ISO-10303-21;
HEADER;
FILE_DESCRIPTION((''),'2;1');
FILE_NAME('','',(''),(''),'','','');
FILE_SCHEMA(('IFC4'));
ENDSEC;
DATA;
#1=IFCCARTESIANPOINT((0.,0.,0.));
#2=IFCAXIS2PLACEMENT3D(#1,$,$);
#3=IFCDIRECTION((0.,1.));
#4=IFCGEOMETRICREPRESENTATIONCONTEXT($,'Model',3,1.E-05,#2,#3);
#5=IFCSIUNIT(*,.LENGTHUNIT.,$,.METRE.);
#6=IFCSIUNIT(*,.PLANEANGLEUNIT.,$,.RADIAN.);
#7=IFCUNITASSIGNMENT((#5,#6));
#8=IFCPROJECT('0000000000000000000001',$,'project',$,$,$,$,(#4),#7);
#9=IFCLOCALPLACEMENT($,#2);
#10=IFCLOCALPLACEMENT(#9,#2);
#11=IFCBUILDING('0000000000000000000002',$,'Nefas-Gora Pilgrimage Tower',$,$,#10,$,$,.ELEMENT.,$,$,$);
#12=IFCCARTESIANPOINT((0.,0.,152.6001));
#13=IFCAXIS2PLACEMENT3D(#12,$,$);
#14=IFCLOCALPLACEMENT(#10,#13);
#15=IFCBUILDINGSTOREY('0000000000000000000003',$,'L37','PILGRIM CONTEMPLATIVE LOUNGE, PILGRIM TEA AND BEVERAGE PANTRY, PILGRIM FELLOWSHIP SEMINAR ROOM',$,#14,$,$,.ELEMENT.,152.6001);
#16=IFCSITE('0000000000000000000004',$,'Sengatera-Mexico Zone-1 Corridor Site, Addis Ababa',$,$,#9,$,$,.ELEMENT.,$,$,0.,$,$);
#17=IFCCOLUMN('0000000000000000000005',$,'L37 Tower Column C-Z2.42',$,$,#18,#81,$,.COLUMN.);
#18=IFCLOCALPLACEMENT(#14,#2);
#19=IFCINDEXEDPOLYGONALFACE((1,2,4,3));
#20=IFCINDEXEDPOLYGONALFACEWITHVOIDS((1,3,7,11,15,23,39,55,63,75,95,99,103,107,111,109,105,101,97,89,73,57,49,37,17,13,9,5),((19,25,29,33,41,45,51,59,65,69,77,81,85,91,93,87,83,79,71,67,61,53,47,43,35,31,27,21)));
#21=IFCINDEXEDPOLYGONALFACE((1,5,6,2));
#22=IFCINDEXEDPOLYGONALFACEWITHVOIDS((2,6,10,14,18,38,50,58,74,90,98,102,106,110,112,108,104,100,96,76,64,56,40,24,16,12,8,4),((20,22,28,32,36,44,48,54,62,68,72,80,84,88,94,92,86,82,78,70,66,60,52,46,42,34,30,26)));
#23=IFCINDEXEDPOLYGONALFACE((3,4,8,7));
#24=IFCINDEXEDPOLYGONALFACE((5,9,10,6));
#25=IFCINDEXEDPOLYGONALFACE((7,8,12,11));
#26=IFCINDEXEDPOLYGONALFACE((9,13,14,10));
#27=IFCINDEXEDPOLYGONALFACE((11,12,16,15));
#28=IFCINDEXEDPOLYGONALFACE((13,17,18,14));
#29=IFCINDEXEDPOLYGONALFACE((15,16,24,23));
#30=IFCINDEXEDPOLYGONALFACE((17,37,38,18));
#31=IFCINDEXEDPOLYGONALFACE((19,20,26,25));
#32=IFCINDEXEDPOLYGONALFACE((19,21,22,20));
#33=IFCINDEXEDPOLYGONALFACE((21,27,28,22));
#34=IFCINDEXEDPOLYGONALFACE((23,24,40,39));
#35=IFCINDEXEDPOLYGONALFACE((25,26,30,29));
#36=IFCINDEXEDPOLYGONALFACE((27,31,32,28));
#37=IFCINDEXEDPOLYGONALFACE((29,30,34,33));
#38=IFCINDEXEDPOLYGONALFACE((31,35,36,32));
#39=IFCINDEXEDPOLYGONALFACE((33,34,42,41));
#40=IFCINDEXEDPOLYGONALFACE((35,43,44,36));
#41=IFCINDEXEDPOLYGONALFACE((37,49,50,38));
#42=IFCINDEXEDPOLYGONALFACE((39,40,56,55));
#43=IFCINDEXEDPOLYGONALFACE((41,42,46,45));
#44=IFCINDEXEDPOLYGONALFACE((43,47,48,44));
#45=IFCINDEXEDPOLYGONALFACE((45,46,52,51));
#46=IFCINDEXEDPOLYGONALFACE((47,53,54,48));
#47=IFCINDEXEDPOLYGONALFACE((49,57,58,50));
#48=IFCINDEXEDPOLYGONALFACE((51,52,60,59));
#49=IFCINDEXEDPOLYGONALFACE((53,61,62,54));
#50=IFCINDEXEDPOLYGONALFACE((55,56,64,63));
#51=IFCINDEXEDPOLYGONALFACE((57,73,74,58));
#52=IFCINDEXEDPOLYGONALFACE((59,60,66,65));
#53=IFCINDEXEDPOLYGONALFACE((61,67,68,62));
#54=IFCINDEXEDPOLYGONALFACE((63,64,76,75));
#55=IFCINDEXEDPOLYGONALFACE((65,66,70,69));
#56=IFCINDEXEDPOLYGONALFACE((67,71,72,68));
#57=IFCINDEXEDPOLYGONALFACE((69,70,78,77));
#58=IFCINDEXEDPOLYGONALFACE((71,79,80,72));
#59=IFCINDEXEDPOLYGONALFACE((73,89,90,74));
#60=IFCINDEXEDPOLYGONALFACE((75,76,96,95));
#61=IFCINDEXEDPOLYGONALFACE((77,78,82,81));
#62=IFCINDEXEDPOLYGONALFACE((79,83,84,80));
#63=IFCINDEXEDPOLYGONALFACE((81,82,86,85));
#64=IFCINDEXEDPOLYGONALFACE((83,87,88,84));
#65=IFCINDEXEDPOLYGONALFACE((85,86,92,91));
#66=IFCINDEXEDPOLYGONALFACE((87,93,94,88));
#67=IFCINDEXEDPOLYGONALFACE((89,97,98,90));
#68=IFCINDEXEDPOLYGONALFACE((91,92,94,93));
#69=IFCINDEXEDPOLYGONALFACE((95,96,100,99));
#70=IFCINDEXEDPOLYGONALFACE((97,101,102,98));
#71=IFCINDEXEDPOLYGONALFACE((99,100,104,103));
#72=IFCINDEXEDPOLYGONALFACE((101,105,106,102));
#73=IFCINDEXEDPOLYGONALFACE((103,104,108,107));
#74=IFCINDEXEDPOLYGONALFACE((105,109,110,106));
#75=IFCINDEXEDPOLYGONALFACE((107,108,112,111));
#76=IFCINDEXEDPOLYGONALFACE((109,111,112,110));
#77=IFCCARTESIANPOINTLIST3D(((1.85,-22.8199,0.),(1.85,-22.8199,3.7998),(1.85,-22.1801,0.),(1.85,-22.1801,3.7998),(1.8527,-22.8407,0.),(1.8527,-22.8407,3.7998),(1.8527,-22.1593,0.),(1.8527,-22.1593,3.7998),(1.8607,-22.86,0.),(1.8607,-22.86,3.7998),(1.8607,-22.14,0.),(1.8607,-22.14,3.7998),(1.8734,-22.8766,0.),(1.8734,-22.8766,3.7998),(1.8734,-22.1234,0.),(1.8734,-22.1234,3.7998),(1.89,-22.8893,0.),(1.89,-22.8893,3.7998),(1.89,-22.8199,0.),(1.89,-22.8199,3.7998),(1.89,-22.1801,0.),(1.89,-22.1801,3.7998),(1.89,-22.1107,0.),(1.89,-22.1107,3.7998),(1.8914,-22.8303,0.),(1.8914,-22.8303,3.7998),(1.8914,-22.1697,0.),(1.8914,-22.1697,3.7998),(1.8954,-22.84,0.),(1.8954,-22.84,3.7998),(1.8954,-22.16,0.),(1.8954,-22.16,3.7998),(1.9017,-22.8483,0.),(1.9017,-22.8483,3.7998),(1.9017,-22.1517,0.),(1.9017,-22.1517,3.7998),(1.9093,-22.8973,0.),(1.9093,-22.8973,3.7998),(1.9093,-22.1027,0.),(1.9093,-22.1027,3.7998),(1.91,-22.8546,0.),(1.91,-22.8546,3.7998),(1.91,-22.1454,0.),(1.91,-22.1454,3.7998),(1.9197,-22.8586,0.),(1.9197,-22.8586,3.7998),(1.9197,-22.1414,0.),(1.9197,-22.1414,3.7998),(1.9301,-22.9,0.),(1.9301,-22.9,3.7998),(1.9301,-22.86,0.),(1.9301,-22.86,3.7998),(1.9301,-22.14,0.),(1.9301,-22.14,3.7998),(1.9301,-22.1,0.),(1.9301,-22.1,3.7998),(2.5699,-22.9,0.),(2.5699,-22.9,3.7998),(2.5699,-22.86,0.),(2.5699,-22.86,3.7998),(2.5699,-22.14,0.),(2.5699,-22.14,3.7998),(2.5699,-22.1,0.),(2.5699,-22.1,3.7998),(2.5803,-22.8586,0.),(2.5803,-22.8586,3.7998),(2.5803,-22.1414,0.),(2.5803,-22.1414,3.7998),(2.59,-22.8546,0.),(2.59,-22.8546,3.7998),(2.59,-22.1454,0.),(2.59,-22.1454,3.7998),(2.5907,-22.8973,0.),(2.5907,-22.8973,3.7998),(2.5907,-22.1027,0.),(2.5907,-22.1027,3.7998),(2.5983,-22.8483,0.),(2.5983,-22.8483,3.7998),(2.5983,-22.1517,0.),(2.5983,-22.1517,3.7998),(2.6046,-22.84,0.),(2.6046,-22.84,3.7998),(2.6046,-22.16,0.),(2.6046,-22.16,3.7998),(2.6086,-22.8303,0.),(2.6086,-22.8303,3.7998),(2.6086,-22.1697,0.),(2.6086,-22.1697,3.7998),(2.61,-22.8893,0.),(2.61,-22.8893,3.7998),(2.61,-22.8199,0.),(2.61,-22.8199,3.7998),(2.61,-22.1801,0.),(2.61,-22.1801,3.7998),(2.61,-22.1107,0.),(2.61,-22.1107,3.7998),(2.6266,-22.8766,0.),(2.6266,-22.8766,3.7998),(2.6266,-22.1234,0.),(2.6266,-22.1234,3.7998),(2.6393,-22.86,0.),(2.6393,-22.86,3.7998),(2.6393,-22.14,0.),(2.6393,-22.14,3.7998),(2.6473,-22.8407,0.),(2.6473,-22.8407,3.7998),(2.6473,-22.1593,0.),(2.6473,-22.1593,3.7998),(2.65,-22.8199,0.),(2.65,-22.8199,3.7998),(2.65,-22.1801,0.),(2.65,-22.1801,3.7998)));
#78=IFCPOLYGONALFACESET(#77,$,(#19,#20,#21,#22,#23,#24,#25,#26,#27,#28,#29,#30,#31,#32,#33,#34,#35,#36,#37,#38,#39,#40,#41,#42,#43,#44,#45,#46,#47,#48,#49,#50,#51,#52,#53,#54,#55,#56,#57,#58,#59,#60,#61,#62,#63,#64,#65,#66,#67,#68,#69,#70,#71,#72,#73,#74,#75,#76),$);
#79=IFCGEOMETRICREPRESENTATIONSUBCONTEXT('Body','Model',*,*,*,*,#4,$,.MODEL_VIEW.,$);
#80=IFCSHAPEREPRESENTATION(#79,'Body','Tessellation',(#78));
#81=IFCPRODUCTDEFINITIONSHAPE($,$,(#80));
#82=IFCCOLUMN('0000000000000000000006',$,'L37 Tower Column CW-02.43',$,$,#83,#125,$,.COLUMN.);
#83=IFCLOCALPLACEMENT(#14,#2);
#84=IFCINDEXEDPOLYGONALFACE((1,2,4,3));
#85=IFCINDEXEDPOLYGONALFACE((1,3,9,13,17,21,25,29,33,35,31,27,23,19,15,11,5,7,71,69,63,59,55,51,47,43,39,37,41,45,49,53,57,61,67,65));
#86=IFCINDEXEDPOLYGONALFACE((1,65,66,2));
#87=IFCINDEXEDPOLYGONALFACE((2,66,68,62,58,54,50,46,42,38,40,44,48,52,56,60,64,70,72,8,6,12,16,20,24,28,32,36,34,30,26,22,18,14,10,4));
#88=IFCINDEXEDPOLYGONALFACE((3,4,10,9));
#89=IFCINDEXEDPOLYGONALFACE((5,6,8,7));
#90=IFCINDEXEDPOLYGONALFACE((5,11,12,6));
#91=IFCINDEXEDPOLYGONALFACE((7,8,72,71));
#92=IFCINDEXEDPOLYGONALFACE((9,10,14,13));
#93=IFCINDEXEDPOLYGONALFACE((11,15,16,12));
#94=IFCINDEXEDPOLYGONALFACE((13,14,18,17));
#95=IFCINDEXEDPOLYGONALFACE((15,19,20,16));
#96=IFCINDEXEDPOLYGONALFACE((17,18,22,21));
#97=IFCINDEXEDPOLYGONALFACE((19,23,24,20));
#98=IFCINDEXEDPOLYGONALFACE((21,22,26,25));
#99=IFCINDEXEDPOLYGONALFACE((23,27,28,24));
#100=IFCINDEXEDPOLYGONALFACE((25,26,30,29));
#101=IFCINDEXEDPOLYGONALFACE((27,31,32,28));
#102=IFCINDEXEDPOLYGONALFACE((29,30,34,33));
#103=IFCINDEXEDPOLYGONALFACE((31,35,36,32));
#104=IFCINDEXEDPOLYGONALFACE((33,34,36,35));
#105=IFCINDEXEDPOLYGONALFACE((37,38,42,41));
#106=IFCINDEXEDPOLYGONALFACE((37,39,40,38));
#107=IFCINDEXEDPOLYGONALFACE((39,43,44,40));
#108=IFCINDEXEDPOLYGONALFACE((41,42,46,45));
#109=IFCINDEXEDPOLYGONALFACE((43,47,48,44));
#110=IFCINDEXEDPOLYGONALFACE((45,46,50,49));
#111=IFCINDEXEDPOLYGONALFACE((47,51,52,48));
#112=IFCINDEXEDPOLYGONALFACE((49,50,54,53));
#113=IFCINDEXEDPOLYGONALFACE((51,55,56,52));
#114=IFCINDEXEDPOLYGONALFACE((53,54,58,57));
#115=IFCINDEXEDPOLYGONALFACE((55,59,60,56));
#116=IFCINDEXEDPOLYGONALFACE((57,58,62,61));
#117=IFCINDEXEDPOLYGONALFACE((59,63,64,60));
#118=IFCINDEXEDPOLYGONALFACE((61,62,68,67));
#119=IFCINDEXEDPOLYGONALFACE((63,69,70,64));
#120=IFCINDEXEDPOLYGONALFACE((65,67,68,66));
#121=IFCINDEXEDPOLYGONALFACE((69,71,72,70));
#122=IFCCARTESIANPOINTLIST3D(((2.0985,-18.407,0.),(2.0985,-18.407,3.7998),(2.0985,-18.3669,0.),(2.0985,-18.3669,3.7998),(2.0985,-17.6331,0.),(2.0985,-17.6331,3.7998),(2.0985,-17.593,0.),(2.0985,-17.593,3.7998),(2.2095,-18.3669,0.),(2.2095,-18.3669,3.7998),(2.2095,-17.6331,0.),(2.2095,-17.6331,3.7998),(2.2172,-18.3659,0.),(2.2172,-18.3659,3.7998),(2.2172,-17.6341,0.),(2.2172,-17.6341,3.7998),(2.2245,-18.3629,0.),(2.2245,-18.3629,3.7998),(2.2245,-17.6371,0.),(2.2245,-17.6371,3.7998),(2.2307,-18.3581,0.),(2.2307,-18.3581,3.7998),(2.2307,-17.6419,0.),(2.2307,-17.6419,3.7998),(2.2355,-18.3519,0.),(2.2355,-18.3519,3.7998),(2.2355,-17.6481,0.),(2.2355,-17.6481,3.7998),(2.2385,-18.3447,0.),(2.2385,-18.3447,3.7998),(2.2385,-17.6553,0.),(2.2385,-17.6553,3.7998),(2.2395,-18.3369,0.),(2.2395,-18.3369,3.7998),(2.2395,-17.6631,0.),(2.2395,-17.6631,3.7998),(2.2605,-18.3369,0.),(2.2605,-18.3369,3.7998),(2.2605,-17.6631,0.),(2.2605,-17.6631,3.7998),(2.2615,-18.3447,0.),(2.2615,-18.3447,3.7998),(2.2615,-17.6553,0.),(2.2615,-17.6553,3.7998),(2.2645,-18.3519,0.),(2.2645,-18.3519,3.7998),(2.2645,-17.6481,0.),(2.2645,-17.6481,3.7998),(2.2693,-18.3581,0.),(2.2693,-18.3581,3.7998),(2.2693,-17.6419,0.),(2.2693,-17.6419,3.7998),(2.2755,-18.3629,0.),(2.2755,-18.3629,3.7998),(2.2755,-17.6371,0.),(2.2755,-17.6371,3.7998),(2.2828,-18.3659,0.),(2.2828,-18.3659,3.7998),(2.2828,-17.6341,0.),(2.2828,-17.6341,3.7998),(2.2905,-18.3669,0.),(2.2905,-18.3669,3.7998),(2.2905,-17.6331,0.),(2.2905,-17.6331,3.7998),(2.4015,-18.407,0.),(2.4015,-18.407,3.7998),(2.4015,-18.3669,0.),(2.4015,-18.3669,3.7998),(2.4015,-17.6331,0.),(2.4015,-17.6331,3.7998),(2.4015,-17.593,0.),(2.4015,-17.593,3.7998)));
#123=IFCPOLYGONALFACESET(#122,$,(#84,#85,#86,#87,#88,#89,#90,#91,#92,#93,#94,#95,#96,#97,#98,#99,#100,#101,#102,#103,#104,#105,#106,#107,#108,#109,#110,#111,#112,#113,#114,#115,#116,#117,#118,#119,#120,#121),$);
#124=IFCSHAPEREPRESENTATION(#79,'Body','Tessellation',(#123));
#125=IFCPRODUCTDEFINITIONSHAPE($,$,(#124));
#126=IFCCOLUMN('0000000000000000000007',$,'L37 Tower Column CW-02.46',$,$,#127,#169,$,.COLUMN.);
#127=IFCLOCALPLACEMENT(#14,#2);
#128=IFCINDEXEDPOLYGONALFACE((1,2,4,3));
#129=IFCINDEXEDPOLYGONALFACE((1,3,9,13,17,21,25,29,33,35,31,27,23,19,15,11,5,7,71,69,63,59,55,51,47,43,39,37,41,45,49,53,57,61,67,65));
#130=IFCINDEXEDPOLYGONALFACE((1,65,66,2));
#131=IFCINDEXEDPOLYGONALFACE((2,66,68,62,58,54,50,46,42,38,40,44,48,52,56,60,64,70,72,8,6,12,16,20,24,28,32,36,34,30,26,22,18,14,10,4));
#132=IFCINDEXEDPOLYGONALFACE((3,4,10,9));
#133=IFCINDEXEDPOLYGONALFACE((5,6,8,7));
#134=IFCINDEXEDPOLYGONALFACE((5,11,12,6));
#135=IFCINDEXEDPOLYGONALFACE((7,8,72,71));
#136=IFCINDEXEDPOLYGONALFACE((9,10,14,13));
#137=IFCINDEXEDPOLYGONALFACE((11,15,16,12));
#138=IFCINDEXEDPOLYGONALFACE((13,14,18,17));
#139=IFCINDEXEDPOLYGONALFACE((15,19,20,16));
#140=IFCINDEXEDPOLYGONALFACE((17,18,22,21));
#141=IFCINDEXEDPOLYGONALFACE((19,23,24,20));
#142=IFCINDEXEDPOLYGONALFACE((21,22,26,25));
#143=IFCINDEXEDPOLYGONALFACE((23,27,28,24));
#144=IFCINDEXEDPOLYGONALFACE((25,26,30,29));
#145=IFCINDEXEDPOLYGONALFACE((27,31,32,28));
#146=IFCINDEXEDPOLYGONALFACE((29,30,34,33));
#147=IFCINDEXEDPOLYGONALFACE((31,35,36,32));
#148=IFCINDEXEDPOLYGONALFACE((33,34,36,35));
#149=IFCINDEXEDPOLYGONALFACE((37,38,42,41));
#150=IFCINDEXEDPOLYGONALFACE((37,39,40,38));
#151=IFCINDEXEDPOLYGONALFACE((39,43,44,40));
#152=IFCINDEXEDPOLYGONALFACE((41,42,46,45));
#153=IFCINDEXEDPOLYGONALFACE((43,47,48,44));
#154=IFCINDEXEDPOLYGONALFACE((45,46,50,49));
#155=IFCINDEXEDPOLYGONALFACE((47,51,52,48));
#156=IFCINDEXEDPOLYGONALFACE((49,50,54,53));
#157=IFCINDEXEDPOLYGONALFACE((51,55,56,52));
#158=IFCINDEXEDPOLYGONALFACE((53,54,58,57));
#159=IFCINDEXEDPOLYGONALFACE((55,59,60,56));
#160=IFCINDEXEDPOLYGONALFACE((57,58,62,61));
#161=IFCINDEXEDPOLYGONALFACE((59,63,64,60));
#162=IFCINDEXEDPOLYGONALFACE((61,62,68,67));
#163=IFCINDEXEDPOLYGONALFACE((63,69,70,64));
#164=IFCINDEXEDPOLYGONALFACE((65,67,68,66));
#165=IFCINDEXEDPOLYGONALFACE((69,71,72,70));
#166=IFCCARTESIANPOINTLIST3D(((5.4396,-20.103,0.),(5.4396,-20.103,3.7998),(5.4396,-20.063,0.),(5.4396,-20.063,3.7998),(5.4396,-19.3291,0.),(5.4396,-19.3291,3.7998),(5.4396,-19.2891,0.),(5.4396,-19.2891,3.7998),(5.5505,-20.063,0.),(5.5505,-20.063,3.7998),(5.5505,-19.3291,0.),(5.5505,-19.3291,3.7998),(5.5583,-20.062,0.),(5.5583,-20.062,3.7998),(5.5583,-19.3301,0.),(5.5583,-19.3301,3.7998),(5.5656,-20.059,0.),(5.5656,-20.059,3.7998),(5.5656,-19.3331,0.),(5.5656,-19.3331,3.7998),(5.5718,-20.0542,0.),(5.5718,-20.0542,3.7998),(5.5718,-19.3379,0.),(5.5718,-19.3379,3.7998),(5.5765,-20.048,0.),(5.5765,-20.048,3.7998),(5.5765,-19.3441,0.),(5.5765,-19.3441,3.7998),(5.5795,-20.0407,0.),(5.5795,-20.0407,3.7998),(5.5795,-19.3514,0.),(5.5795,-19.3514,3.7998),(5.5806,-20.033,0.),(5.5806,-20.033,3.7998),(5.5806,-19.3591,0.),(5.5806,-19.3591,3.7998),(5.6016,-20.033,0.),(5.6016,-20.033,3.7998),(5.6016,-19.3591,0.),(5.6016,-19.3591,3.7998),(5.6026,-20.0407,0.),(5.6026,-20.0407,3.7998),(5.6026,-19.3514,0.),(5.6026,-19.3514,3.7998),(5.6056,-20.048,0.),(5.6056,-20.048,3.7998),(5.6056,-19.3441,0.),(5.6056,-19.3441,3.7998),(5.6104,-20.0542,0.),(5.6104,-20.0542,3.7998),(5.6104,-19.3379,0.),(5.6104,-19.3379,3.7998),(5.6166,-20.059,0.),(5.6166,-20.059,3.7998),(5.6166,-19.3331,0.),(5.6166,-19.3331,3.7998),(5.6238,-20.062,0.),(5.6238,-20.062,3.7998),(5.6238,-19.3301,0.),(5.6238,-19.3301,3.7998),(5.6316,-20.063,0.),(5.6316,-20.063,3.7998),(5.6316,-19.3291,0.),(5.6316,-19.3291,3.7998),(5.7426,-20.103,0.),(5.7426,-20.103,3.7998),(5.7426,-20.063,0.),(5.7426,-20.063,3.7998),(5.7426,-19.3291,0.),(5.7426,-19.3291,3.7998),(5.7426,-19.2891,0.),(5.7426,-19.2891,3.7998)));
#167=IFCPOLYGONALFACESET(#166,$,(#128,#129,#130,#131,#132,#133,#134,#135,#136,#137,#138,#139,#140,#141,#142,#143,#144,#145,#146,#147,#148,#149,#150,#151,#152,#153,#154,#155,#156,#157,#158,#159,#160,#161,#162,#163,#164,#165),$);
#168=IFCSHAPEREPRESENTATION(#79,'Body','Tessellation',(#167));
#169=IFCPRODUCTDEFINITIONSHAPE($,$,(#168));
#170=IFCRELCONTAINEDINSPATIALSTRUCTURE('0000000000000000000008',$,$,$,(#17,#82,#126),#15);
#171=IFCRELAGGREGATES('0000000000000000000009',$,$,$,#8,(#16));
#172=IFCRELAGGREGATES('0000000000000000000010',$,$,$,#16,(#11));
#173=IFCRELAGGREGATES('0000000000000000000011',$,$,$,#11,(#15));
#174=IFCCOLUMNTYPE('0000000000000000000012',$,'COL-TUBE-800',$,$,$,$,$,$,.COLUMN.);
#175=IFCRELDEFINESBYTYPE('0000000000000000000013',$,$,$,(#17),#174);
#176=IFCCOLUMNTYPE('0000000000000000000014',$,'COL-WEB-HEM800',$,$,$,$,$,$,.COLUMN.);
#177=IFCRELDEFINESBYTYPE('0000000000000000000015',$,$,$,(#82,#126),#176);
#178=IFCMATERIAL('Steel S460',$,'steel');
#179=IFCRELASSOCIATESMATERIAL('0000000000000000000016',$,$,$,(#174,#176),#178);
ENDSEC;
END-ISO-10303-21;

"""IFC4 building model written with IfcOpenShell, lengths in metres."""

from ifc_helpers import new_model, si_unit, direction, frame, origin, origin_2d, place, context, subcontext, project, spatial, hollow_rectangle, i_section, extrude, source, transform, mapped, material, material_profile, profile_set, type_object, element, save


model = new_model("IFC4")

# Units and contexts
model_context = context("Model", 3, precision=1e-05, world=origin(), true_north=direction((0.0, 1.0)))
body_context = subcontext(model_context, "Body", "Model", "MODEL_VIEW")
ifc_project = project(units=[si_unit("LENGTHUNIT", "METRE"), si_unit("PLANEANGLEUNIT", "RADIAN")], contexts=[model_context])

# Site, building, storey
site_placement = place(None, origin())
site = spatial("IfcSite", under=ifc_project, at=site_placement, Name="Sengatera-Mexico Zone-1 Corridor Site, Addis Ababa", CompositionType="ELEMENT", RefElevation=0.0)
building_placement = place(site_placement, origin())
building = spatial("IfcBuilding", under=site, at=building_placement, Name="Nefas-Gora Pilgrimage Tower", CompositionType="ELEMENT")
storey_placement = place(building_placement, frame((0.0, 0.0, 152.6001)))
storey = spatial("IfcBuildingStorey", under=building, at=storey_placement, Name="L37", Description="PILGRIM CONTEMPLATIVE LOUNGE, PILGRIM TEA AND BEVERAGE PANTRY, PILGRIM FELLOWSHIP SEMINAR ROOM", CompositionType="ELEMENT", Elevation=152.6001)

# Columns
ifc_material_1 = material(Name="Steel S460", Category="steel")
ifc_material_profile_1 = material_profile(ifc_material_1, hollow_rectangle(XDim=0.8, YDim=0.8, WallThickness=0.04, InnerFilletRadius=0.04, OuterFilletRadius=0.0801, at=origin_2d()), Name="BOX 800x800x40")
ifc_profile_set_1 = profile_set([ifc_material_profile_1], Name="Steel S460")
column_type_1 = type_object("IfcColumnType", Name="COL-TUBE-800", PredefinedType="COLUMN", material=ifc_profile_set_1)
shared_shape_1 = source(origin(), body_context, "Body", "SweptSolid", [
    extrude(hollow_rectangle(XDim=0.8, YDim=0.8, WallThickness=0.04, InnerFilletRadius=0.04, OuterFilletRadius=0.0801, at=origin_2d()), origin(), (0.0, 0.0, 1.0), 3.7998),
])
column_placement = place(storey_placement, frame((2.25, -22.5, 0.0), z_axis=(0.0, 0.0, 1.0), x_axis=(1.0, 0.0, 0.0)))
element("IfcColumn", 1, at=column_placement, inside=storey, type_object=column_type_1, Name="L37 Tower Column C-Z2.42", PredefinedType="COLUMN", context=body_context, shape_type="MappedRepresentation", body=[
    mapped(shared_shape_1, transform((0.0, 0.0, 0.0), x_axis=(1.0, 0.0, 0.0), y_axis=(0.0, 1.0, 0.0), z_axis=(0.0, 0.0, 1.0), scale=1.0)),
])
ifc_material_profile_2 = material_profile(ifc_material_1, i_section(OverallWidth=0.303, OverallDepth=0.814, WebThickness=0.021, FlangeThickness=0.04, FilletRadius=0.03, at=origin_2d()), Name="HEM 800")
ifc_profile_set_2 = profile_set([ifc_material_profile_2], Name="Steel S460")
column_type_2 = type_object("IfcColumnType", Name="COL-WEB-HEM800", PredefinedType="COLUMN", material=ifc_profile_set_2)
shared_shape_2 = source(origin(), body_context, "Body", "SweptSolid", [
    extrude(i_section(OverallWidth=0.303, OverallDepth=0.814, WebThickness=0.021, FlangeThickness=0.04, FilletRadius=0.03, at=origin_2d()), origin(), (0.0, 0.0, 1.0), 3.7998),
])
for number, where, z_axis, x_axis, name in (
    (2, (2.25, -18.0, 0.0), (0.0, 0.0, 1.0), (1.0, 0.0, 0.0), "L37 Tower Column CW-02.43"),
    (3, (5.5911, -19.696, 0.0), (0.0, 0.0, 1.0), (1.0, 0.0, 0.0), "L37 Tower Column CW-02.46"),
):
    element("IfcColumn", number, at=place(storey_placement, frame(where, z_axis=z_axis, x_axis=x_axis)), inside=storey, type_object=column_type_2, Name=name, PredefinedType="COLUMN", context=body_context, shape_type="MappedRepresentation", body=[
        mapped(shared_shape_2, transform((0.0, 0.0, 0.0), x_axis=(1.0, 0.0, 0.0), y_axis=(0.0, 1.0, 0.0), z_axis=(0.0, 0.0, 1.0), scale=1.0)),
    ])

save(model, "model.ifc")
